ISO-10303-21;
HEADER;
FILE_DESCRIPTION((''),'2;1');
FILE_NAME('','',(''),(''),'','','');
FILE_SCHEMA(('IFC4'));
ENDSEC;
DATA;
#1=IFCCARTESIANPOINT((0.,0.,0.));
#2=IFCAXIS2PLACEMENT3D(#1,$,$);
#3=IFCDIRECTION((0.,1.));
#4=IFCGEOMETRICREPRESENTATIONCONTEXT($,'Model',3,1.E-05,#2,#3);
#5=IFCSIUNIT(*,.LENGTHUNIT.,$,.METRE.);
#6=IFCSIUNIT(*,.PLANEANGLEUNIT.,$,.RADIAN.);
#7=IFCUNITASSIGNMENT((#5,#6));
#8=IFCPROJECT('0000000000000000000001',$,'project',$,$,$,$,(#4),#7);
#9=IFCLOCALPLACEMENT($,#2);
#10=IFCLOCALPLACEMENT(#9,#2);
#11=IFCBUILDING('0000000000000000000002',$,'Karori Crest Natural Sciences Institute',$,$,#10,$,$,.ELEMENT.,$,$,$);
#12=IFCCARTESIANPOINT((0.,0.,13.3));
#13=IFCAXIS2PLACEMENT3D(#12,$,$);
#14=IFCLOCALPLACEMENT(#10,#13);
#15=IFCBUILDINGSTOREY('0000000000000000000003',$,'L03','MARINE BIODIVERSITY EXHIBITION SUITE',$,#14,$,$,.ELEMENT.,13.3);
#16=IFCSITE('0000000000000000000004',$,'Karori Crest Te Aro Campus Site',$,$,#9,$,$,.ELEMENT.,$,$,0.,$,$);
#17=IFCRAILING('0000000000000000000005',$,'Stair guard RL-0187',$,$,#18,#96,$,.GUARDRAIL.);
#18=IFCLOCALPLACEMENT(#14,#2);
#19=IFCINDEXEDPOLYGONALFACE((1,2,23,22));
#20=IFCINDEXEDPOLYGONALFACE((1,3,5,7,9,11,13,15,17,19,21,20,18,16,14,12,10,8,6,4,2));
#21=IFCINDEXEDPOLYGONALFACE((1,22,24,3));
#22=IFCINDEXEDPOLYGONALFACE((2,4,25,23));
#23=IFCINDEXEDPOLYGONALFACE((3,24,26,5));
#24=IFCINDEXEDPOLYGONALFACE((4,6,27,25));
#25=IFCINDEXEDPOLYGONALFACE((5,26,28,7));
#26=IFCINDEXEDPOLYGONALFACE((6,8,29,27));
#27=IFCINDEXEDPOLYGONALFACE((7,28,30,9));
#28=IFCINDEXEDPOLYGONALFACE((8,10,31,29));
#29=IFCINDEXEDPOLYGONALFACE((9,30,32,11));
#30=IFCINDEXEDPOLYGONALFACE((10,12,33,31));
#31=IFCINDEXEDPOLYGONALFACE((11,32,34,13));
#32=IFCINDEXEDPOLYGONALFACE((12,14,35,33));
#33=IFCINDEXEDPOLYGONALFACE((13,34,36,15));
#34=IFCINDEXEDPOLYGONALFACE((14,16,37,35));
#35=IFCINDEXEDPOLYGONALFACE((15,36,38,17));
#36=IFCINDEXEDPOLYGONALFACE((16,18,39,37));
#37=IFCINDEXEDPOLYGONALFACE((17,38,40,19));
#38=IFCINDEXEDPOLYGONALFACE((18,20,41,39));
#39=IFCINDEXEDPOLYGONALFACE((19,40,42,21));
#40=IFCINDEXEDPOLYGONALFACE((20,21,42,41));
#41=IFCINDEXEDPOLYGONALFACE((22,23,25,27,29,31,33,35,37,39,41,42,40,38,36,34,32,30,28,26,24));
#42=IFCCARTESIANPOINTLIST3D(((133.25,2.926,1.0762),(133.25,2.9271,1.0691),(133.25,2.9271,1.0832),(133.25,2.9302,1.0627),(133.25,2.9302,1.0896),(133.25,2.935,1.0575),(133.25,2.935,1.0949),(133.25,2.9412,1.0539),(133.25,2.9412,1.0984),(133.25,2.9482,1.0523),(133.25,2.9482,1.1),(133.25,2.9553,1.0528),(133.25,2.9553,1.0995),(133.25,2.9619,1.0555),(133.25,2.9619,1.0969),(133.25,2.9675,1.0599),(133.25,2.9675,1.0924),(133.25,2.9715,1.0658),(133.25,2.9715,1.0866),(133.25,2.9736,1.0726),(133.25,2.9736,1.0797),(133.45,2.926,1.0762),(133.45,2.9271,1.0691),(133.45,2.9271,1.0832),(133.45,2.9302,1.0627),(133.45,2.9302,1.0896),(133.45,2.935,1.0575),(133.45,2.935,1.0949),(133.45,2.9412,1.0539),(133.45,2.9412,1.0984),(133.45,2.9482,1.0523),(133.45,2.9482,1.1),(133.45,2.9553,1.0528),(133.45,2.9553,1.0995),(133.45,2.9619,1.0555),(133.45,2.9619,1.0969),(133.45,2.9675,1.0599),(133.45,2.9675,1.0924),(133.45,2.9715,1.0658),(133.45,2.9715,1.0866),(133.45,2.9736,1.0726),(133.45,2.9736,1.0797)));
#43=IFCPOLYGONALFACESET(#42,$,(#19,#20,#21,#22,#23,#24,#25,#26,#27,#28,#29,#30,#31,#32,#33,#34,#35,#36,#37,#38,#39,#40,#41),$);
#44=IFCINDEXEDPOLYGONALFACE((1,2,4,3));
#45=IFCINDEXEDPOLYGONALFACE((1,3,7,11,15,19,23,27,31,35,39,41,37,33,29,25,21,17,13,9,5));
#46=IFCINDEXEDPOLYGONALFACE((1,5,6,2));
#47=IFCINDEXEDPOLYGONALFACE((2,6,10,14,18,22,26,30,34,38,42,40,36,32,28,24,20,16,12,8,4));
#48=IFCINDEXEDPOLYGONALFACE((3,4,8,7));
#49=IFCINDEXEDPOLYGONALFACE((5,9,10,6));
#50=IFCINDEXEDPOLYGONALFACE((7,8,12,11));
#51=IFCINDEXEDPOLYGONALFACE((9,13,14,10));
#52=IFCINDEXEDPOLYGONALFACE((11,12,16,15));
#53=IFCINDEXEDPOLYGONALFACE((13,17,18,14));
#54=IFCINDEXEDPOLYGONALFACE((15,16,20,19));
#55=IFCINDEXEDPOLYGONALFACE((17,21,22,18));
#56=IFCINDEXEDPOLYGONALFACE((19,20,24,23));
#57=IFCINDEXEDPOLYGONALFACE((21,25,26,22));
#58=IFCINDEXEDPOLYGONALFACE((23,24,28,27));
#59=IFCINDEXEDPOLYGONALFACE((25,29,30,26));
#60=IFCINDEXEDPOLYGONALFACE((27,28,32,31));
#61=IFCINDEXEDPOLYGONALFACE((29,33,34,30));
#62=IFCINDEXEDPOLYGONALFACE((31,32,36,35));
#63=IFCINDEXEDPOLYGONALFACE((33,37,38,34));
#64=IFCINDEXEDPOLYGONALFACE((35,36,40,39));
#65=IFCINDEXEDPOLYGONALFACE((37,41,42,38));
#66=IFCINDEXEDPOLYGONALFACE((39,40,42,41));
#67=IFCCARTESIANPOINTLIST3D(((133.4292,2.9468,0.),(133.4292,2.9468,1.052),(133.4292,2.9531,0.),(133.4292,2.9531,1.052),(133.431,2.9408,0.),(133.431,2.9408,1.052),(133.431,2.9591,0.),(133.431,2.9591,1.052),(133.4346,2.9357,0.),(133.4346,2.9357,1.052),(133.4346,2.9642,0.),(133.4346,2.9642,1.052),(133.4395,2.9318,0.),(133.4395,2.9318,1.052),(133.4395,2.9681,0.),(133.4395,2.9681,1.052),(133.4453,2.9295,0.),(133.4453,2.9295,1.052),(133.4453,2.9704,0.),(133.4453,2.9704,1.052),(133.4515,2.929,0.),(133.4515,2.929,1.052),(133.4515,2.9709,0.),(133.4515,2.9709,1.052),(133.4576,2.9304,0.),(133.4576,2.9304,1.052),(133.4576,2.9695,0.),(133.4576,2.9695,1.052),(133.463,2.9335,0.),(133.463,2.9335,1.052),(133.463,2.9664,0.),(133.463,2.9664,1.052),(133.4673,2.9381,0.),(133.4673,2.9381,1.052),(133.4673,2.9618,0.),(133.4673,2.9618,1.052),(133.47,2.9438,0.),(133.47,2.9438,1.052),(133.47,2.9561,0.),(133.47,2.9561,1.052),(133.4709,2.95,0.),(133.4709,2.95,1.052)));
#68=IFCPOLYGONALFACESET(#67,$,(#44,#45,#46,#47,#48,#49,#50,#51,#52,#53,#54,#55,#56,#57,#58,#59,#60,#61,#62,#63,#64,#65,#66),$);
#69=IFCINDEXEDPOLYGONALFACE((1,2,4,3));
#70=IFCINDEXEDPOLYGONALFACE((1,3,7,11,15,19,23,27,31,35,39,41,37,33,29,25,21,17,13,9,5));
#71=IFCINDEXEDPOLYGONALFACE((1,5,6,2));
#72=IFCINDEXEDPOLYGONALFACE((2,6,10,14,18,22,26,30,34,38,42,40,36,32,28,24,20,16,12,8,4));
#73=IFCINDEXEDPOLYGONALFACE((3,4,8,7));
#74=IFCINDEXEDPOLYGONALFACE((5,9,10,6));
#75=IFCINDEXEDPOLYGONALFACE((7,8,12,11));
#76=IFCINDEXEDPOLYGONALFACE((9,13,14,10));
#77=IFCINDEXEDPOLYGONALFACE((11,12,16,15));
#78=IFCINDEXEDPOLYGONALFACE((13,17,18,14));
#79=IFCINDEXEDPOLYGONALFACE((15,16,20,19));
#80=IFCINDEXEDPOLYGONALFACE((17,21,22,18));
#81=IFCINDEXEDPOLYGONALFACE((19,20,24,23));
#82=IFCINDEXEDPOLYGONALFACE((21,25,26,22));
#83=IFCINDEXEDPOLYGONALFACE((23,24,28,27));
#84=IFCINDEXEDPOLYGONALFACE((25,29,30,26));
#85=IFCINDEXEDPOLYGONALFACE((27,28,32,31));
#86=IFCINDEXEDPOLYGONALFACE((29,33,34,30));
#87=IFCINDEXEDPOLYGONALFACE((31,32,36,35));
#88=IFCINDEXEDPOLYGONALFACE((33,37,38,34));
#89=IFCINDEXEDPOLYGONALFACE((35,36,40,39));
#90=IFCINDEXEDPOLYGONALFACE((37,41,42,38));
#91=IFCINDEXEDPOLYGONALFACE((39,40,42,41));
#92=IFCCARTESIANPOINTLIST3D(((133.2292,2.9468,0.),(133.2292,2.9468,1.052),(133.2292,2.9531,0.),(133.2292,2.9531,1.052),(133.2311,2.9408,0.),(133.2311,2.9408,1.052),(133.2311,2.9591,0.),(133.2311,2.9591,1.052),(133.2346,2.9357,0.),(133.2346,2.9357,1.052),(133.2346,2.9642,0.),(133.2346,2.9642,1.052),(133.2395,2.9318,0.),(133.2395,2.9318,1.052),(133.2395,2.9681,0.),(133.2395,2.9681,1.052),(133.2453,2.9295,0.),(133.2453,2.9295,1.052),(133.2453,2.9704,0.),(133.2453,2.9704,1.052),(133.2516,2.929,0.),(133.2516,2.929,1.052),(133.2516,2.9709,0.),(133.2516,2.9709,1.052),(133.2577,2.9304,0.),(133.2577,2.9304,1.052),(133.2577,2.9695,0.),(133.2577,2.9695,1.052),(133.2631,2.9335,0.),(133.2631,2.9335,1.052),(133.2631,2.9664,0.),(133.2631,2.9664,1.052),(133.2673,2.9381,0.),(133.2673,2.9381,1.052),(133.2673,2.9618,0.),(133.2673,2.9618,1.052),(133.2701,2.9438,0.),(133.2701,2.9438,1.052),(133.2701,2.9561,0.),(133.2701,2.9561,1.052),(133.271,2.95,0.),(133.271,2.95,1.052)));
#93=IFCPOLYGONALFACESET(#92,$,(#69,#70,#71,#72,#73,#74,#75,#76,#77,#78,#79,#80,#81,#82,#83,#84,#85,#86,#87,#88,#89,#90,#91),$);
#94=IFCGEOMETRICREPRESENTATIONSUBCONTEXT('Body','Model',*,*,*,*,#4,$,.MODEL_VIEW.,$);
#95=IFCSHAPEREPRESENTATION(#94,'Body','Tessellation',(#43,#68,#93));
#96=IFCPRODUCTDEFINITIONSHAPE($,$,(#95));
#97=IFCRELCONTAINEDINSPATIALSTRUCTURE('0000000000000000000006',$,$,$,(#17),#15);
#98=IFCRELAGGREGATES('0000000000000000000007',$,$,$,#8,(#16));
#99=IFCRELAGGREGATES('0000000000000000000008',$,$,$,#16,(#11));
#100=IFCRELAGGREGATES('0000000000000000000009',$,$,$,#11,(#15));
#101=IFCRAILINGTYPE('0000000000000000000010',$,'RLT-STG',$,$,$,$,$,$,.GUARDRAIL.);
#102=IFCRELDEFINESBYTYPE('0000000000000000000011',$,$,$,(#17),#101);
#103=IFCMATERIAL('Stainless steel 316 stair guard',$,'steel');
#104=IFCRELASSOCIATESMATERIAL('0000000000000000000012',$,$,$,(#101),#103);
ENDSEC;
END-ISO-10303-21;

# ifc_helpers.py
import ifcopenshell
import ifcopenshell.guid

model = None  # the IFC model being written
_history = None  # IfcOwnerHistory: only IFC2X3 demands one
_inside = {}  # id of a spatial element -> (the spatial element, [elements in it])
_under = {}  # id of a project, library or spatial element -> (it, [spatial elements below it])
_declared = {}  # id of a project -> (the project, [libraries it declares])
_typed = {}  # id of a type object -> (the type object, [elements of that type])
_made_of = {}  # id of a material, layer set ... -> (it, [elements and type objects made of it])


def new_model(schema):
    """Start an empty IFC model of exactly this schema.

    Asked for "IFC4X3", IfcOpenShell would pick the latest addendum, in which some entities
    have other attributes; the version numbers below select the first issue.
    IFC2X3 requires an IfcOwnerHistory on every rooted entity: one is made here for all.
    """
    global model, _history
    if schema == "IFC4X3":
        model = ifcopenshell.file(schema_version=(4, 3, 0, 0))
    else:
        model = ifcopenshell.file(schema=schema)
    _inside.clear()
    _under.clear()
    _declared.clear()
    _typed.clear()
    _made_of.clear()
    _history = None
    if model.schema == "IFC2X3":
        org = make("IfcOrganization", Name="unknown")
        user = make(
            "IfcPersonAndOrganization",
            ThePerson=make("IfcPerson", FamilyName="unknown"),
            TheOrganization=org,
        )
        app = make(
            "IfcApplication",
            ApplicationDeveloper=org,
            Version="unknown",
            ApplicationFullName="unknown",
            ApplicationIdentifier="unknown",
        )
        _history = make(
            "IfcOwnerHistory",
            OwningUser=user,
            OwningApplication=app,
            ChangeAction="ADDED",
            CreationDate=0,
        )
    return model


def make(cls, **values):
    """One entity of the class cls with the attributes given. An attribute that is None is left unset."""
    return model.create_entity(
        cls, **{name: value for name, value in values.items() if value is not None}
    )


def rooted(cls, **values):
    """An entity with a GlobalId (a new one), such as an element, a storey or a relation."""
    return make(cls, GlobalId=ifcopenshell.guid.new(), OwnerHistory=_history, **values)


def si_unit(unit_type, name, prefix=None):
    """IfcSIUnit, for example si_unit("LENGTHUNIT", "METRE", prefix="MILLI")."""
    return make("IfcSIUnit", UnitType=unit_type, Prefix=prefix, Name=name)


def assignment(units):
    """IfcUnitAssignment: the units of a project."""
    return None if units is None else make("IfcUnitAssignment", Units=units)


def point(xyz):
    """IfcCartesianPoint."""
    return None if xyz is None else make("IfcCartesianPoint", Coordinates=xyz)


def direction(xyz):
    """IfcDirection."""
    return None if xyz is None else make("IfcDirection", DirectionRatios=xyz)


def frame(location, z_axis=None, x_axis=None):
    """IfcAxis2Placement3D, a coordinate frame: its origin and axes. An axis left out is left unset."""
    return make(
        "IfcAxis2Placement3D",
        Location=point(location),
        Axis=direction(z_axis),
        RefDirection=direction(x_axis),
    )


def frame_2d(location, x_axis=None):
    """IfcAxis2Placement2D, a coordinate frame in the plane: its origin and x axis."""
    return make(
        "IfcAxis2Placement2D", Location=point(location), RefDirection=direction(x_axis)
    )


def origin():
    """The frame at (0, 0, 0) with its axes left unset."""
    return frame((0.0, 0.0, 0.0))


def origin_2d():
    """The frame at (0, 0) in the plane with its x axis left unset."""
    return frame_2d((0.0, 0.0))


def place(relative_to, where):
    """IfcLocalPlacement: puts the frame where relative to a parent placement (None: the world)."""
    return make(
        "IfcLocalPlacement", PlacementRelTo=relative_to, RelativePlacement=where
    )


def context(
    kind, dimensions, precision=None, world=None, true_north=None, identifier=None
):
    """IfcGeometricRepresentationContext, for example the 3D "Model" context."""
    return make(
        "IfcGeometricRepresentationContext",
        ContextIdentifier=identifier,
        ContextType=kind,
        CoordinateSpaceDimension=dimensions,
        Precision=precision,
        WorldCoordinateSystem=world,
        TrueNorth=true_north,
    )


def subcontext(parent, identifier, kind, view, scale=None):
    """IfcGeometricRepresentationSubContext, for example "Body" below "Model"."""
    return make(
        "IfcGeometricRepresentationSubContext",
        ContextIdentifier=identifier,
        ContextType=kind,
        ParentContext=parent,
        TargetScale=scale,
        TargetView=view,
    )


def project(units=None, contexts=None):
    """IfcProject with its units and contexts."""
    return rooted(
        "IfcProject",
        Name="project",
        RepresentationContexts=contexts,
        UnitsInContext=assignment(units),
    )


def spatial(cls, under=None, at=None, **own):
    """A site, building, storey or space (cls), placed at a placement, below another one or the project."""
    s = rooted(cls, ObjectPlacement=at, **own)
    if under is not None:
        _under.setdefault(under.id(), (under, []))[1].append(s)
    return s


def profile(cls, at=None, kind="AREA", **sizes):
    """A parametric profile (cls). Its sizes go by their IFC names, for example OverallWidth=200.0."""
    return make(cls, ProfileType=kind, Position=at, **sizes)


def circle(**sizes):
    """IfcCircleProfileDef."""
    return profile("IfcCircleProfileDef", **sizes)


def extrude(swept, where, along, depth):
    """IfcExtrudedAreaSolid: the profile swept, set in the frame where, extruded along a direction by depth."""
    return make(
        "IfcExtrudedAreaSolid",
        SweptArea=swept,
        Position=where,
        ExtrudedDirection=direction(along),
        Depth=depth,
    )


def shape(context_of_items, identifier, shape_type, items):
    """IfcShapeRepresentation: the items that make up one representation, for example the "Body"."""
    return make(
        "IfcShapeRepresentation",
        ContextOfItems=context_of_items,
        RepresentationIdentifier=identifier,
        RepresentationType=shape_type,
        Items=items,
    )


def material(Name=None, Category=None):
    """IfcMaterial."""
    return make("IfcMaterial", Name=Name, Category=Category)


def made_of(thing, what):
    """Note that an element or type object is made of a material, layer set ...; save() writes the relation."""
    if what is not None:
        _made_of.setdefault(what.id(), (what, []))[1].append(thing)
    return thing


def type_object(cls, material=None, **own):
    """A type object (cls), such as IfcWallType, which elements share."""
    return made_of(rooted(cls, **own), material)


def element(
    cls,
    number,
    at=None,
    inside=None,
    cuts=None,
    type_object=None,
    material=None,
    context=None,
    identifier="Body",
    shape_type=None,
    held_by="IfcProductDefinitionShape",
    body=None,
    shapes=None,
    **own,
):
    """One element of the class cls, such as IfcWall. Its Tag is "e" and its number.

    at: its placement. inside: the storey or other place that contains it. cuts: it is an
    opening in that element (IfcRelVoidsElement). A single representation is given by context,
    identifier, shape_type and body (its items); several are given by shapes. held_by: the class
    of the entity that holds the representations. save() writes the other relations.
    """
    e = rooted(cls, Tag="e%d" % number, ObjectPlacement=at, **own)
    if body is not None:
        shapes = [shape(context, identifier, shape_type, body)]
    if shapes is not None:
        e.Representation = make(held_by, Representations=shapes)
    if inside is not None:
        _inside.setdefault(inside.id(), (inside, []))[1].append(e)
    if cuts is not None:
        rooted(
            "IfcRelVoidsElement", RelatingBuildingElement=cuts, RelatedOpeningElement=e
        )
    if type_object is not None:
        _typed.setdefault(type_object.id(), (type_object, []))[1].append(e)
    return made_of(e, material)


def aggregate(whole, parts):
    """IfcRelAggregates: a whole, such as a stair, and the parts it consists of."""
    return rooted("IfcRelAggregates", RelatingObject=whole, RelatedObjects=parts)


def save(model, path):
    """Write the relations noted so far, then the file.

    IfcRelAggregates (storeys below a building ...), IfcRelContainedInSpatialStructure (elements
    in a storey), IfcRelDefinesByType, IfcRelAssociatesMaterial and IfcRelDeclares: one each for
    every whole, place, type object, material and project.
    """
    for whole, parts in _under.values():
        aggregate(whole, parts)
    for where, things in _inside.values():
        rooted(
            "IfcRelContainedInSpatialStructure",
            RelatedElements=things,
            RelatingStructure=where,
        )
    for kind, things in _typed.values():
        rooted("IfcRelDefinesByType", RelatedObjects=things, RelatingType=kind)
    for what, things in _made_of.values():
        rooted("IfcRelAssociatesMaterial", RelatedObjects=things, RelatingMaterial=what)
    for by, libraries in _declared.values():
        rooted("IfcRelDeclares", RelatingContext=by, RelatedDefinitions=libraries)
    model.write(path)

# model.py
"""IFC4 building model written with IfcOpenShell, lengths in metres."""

from ifc_helpers import new_model, si_unit, direction, frame, origin, origin_2d, place, context, subcontext, project, spatial, circle, extrude, material, type_object, element, save


model = new_model("IFC4")

# Units and contexts
model_context = context("Model", 3, precision=1e-05, world=origin(), true_north=direction((0.0, 1.0)))
body_context = subcontext(model_context, "Body", "Model", "MODEL_VIEW")
ifc_project = project(units=[si_unit("LENGTHUNIT", "METRE"), si_unit("PLANEANGLEUNIT", "RADIAN")], contexts=[model_context])

# Site, building, storey
site_placement = place(None, origin())
site = spatial("IfcSite", under=ifc_project, at=site_placement, Name="Karori Crest Te Aro Campus Site", CompositionType="ELEMENT", RefElevation=0.0)
building_placement = place(site_placement, origin())
building = spatial("IfcBuilding", under=site, at=building_placement, Name="Karori Crest Natural Sciences Institute", CompositionType="ELEMENT")
storey_placement = place(building_placement, frame((0.0, 0.0, 13.3)))
storey = spatial("IfcBuildingStorey", under=building, at=storey_placement, Name="L03", Description="MARINE BIODIVERSITY EXHIBITION SUITE", CompositionType="ELEMENT", Elevation=13.3)

# Railing
ifc_material_1 = material(Name="Stainless steel 316 stair guard", Category="steel")
railing_type_1 = type_object("IfcRailingType", Name="RLT-STG", PredefinedType="GUARDRAIL", material=ifc_material_1)
railing_1_placement = place(storey_placement, frame((133.45, 2.95, 0.0)))
element("IfcRailing", 1, at=railing_1_placement, inside=storey, type_object=railing_type_1, Name="Stair guard RL-0187", PredefinedType="GUARDRAIL", context=body_context, shape_type="SweptSolid", body=[
    extrude(circle(Radius=0.0239, at=origin_2d()), frame((0.0, 0.0, 1.0762), z_axis=(-1.0, 0.0, 0.0), x_axis=(0.0, -1.0, 0.0)), (0.0, 0.0, 1.0), 0.2),
    extrude(circle(Radius=0.021, at=origin_2d()), origin(), (0.0, 0.0, 1.0), 1.052),
    extrude(circle(Radius=0.021, at=origin_2d()), frame((-0.2, 0.0, 0.0)), (0.0, 0.0, 1.0), 1.052),
])

save(model, "model.ifc")
